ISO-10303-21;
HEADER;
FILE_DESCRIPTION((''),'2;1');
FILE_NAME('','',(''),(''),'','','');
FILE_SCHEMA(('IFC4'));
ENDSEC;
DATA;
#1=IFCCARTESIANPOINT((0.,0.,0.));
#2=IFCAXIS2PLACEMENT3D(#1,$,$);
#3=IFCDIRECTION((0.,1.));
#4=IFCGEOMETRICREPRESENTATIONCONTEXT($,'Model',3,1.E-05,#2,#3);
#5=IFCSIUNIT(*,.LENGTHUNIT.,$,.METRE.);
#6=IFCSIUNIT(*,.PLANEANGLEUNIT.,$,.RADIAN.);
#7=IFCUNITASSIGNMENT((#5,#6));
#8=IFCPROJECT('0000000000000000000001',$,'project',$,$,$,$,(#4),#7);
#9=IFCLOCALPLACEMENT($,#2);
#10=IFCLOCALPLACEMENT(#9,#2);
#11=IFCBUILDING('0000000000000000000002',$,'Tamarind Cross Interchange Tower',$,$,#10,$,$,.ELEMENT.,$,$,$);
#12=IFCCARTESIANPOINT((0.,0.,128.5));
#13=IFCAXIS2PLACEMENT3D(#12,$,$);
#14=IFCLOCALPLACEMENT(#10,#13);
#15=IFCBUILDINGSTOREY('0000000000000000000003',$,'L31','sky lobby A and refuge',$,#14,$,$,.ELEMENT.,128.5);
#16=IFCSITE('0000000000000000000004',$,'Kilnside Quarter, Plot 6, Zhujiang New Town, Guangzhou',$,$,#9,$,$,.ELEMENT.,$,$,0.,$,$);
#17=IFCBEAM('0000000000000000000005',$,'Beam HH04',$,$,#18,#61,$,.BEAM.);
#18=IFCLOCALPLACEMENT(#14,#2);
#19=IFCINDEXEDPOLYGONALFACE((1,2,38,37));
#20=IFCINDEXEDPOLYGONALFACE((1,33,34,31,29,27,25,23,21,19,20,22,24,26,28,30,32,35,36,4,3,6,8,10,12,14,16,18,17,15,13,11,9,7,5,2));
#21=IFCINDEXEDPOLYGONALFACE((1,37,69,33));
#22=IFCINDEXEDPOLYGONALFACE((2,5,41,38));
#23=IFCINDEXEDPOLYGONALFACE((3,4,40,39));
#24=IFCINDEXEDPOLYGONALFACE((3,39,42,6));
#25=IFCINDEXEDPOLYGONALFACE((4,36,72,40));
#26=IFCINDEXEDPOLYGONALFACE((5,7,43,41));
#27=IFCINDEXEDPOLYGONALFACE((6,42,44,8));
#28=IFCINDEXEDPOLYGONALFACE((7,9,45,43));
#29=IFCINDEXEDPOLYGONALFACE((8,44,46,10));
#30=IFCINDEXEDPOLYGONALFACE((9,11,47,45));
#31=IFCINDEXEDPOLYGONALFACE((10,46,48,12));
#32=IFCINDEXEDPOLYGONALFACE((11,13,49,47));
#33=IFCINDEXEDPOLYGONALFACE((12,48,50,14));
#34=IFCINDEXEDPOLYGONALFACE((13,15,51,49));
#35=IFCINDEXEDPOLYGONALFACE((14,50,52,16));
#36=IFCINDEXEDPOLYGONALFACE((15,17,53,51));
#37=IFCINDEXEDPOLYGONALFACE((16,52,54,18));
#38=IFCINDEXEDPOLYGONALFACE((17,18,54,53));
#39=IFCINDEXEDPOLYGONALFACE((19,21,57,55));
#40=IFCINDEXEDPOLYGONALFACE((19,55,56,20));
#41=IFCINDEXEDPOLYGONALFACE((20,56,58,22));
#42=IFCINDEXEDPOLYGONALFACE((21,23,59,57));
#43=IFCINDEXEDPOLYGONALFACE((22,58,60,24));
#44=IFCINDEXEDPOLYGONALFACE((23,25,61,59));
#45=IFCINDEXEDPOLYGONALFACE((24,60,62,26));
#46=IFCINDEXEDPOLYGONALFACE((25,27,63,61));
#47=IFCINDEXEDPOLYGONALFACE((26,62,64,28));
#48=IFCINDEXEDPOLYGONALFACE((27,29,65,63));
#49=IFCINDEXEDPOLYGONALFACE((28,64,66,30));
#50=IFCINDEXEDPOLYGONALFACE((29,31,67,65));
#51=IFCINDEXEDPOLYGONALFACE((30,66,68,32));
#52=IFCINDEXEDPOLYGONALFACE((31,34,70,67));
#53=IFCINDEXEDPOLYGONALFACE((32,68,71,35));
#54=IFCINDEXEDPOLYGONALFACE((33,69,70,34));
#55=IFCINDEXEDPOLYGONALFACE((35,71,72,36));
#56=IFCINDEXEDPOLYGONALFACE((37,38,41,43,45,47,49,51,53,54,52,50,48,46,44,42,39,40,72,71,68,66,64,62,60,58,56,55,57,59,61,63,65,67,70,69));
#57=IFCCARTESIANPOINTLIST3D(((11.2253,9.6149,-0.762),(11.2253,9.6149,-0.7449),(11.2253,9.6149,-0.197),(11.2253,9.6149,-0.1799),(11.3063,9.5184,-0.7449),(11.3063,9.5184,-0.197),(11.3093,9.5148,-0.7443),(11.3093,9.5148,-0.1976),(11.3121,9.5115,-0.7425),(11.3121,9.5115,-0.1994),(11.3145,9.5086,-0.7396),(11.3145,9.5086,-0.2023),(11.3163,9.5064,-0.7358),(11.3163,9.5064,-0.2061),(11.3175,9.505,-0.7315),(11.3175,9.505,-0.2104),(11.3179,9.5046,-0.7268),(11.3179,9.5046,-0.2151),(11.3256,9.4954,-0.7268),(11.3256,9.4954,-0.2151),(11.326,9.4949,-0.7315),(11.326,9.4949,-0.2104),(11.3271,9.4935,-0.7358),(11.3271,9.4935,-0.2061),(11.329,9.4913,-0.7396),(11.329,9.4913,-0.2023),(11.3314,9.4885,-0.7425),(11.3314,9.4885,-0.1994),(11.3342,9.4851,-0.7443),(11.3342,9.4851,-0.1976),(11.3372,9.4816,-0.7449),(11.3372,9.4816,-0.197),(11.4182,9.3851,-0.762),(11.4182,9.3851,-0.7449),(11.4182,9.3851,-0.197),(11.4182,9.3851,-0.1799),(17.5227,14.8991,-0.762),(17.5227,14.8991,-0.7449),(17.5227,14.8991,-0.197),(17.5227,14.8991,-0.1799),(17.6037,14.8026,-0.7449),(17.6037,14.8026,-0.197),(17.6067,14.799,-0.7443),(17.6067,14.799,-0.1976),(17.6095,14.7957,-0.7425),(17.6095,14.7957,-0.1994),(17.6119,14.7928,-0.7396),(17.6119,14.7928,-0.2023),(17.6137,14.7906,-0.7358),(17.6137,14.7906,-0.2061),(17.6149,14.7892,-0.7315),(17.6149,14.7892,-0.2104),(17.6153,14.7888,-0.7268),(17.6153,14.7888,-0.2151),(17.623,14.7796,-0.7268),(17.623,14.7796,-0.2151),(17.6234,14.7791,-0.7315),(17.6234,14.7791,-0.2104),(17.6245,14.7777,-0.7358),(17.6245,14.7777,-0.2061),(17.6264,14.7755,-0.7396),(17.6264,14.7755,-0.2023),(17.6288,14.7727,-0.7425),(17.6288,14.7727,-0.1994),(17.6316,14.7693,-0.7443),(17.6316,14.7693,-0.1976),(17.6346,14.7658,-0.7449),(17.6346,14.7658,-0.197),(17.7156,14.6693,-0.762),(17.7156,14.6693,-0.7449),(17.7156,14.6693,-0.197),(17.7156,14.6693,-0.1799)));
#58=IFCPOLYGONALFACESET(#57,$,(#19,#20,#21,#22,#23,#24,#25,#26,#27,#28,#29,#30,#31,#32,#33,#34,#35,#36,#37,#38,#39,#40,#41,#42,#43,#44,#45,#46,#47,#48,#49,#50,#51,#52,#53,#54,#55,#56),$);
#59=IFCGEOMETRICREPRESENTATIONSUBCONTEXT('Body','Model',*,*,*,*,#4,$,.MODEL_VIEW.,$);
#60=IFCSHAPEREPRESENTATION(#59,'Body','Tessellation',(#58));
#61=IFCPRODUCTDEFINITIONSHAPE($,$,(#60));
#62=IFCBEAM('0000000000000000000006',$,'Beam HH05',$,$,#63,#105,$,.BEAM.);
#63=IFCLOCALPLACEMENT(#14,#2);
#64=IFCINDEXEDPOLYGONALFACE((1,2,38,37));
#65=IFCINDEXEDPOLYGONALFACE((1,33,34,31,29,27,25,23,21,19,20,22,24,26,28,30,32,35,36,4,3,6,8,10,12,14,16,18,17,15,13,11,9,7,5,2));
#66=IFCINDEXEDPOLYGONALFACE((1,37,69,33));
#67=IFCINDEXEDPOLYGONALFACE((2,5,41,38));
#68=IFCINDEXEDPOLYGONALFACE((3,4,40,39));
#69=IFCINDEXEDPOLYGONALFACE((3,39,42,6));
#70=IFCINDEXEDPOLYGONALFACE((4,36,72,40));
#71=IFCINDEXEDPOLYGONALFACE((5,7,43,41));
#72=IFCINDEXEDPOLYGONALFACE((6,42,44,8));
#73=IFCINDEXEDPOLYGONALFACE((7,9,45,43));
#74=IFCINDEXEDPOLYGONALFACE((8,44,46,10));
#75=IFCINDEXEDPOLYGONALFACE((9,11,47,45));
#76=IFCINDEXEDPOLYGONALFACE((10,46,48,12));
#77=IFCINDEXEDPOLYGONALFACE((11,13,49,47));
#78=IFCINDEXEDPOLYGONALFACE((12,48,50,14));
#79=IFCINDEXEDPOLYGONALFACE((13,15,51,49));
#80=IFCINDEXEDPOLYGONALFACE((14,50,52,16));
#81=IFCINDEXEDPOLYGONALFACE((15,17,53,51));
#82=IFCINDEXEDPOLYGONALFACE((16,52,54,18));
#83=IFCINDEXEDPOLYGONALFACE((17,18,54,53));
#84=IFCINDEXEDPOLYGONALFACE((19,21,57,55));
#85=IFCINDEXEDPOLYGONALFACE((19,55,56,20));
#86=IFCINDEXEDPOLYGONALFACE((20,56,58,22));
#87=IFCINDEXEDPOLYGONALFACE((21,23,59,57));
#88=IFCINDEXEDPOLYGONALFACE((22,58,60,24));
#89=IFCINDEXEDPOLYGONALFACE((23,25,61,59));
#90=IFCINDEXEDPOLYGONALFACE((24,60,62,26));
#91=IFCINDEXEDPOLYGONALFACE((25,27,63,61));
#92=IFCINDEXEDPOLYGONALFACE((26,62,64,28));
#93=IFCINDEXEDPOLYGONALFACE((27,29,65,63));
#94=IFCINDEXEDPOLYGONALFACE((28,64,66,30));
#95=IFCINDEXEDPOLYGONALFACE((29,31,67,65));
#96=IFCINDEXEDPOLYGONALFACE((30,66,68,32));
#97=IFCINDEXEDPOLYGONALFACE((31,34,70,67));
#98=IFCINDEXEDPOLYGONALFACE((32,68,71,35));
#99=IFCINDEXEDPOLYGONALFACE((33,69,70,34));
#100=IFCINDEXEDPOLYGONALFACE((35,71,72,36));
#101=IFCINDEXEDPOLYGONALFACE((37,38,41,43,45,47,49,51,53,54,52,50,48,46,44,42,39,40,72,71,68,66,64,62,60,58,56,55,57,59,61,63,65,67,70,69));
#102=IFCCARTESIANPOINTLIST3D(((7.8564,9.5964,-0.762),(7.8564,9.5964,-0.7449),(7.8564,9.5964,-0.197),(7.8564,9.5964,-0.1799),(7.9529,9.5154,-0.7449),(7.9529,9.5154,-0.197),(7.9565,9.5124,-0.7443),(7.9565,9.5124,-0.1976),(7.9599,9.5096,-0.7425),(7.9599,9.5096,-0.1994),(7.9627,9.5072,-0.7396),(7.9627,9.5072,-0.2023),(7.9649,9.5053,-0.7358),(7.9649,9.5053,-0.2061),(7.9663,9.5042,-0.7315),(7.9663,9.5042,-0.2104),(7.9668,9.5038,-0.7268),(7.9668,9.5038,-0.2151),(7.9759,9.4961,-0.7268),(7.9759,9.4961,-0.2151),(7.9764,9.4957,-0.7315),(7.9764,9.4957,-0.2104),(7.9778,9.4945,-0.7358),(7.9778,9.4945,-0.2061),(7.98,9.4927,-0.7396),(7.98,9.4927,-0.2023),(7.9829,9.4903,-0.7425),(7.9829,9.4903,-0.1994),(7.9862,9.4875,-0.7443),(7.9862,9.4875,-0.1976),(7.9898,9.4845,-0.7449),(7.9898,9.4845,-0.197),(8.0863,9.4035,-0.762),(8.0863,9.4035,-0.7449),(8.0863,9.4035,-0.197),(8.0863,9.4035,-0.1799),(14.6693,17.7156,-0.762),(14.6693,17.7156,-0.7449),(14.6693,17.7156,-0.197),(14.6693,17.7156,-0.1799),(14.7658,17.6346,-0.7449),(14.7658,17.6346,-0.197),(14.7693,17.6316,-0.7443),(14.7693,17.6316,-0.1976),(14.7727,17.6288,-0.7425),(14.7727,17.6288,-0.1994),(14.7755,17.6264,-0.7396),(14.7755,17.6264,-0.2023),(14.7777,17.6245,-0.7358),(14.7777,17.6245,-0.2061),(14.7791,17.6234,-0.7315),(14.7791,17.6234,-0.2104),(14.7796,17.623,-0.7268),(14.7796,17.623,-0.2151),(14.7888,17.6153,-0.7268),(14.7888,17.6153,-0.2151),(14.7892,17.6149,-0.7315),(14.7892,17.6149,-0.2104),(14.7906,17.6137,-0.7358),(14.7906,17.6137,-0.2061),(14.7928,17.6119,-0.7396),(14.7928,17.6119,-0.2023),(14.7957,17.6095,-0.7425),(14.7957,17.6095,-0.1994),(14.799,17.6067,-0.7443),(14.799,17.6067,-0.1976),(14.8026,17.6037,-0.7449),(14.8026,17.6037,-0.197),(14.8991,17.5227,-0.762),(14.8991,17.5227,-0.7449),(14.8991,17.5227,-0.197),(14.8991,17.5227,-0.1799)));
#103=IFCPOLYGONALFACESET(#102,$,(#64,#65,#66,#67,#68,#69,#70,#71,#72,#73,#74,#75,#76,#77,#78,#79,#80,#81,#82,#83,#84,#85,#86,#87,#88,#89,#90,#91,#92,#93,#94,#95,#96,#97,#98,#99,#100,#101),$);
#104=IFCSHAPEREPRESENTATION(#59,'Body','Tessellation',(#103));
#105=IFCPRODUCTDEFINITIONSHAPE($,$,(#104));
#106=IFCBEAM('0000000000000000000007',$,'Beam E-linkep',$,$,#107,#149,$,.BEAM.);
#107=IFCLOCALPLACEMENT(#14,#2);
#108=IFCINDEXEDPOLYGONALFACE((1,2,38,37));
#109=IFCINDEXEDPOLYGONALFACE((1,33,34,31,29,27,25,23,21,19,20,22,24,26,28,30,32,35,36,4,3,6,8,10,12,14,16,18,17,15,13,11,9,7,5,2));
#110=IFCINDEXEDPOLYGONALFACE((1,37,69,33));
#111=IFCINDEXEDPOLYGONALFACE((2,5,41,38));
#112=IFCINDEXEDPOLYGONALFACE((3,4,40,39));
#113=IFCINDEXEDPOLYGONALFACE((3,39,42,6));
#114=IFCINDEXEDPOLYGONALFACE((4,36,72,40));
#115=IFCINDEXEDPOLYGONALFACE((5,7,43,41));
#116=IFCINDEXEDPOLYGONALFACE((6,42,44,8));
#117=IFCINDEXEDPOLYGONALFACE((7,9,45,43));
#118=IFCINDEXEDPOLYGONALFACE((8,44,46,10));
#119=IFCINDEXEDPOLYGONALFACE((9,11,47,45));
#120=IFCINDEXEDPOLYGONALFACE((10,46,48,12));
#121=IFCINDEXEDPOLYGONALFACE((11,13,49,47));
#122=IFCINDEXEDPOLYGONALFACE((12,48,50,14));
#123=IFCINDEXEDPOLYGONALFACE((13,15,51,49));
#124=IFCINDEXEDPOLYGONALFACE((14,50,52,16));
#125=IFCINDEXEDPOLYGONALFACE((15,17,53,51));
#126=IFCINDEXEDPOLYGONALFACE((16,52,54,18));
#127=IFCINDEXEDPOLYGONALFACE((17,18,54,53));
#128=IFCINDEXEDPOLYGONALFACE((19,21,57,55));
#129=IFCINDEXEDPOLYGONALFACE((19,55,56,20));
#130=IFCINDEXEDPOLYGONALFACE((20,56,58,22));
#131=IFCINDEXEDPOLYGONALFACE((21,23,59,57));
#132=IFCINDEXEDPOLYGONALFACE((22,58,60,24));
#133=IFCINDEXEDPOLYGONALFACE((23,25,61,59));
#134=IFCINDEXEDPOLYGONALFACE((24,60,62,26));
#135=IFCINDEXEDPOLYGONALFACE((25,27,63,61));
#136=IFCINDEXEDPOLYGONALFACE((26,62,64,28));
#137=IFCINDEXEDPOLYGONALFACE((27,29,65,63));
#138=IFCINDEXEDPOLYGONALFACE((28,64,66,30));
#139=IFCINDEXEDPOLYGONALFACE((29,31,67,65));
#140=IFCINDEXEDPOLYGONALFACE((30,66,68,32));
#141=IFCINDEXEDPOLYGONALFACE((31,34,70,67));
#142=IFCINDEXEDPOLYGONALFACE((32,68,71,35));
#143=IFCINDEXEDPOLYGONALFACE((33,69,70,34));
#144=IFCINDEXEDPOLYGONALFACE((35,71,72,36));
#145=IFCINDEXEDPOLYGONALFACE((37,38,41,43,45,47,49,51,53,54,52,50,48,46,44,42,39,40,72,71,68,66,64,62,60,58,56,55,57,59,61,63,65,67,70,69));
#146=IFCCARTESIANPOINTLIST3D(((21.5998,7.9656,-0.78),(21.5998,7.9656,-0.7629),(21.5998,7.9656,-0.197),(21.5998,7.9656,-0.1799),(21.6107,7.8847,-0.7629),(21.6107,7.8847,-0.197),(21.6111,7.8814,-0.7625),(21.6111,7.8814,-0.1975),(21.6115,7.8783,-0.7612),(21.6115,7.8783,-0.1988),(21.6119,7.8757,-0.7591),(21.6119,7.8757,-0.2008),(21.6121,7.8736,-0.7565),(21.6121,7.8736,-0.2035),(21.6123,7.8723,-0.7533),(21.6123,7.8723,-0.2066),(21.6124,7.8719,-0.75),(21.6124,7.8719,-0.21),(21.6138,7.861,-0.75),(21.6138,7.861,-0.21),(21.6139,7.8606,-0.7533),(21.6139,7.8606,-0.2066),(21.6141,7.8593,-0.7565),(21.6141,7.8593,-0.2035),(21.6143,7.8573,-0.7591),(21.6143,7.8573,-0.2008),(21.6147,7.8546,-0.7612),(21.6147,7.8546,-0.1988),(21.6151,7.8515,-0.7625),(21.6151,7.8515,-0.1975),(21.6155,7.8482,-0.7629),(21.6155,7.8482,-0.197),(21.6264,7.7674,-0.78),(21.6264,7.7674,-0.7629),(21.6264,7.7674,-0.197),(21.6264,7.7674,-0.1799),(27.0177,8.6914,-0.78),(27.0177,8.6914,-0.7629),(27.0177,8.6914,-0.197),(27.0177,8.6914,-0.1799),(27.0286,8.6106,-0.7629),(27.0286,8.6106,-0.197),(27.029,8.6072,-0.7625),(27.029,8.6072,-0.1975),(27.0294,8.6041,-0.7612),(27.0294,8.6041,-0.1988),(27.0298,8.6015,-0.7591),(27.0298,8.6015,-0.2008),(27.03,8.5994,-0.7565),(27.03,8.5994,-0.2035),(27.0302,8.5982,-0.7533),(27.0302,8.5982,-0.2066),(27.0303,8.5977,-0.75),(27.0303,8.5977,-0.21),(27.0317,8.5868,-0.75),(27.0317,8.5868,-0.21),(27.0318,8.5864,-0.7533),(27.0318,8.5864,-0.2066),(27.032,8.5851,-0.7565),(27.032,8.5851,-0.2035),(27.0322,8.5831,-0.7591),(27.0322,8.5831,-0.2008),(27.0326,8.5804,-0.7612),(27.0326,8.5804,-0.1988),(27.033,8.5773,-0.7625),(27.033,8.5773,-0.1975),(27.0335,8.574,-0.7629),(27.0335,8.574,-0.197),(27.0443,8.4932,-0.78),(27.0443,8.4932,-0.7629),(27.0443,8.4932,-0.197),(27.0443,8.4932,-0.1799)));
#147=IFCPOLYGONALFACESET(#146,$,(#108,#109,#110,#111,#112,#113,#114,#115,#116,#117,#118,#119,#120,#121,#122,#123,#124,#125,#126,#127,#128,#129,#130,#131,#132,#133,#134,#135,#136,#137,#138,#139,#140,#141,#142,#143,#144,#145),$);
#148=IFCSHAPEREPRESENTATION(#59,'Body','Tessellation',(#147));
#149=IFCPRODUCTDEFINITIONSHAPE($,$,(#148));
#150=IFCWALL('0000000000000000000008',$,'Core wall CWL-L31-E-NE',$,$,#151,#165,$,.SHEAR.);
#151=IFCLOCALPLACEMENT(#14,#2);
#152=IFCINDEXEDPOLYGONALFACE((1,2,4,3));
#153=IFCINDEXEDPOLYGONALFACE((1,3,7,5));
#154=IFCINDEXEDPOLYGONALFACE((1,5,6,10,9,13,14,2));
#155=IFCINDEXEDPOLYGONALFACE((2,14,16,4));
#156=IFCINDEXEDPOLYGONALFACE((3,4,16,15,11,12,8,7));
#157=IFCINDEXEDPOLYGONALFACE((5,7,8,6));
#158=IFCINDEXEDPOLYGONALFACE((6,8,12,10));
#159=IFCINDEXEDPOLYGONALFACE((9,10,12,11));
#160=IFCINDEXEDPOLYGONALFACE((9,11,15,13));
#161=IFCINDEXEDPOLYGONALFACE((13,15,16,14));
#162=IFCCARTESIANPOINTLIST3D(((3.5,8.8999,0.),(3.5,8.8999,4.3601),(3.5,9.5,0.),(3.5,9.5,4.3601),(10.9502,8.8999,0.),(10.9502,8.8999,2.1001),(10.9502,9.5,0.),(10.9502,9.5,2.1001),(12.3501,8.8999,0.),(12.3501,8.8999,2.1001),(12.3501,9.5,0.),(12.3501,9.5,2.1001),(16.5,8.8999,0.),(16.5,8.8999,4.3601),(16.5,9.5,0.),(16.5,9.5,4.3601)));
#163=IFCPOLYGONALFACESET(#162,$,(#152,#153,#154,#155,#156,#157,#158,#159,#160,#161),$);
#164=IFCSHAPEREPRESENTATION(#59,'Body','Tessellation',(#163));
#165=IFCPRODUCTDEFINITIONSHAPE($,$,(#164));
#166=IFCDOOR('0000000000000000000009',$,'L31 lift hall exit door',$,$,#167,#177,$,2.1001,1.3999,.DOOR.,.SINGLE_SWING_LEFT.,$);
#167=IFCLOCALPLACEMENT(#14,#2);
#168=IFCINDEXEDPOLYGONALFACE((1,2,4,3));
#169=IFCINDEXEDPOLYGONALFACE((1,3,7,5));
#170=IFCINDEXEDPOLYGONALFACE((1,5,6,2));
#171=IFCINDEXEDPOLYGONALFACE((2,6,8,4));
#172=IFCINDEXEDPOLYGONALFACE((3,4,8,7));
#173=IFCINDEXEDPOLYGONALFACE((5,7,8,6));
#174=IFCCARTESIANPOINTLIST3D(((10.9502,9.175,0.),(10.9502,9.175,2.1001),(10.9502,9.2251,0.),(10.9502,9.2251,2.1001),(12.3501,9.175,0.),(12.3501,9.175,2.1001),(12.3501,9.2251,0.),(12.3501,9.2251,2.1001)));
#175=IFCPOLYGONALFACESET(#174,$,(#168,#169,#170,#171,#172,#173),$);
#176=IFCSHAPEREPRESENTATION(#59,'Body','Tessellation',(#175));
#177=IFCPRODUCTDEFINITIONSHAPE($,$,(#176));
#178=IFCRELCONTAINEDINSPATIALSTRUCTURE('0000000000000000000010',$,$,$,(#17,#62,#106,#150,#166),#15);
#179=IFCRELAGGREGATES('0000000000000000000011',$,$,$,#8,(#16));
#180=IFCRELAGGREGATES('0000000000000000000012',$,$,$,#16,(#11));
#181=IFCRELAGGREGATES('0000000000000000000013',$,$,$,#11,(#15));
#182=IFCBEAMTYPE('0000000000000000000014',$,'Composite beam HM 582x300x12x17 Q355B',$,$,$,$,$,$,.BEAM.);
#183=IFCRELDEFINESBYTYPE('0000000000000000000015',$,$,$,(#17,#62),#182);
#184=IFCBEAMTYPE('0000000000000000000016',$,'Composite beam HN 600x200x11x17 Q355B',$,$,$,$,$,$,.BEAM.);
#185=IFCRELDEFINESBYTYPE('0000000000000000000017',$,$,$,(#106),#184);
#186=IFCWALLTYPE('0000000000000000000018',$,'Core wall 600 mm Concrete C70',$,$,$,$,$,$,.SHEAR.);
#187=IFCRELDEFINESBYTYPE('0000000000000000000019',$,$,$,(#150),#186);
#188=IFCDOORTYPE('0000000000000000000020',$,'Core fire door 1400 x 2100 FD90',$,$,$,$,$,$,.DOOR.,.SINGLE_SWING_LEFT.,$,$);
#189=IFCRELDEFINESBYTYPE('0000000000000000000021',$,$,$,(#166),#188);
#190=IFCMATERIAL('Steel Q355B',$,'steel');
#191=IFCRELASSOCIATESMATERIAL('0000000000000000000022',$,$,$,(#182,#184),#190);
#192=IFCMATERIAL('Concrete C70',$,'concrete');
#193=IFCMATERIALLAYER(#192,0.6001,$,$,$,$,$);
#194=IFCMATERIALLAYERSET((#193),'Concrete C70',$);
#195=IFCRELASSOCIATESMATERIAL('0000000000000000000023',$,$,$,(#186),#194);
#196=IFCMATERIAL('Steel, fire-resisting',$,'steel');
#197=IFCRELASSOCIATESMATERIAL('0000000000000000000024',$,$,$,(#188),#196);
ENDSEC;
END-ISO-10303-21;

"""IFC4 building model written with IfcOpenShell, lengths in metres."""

from ifc_helpers import new_model, si_unit, direction, frame, frame_2d, origin, origin_2d, place, context, subcontext, project, spatial, rectangle, i_section, extrude, material, layer, layer_set, material_profile, profile_set, type_object, element, fill, save


model = new_model("IFC4")

# Units and contexts
model_context = context("Model", 3, precision=1e-05, world=origin(), true_north=direction((0.0, 1.0)))
body_context = subcontext(model_context, "Body", "Model", "MODEL_VIEW")
ifc_project = project(units=[si_unit("LENGTHUNIT", "METRE"), si_unit("PLANEANGLEUNIT", "RADIAN")], contexts=[model_context])

# Site, building, storey
site_placement = place(None, origin())
site = spatial("IfcSite", under=ifc_project, at=site_placement, Name="Kilnside Quarter, Plot 6, Zhujiang New Town, Guangzhou", CompositionType="ELEMENT", RefElevation=0.0)
building_placement = place(site_placement, origin())
building = spatial("IfcBuilding", under=site, at=building_placement, Name="Tamarind Cross Interchange Tower", CompositionType="ELEMENT")
storey_placement = place(building_placement, frame((0.0, 0.0, 128.5)))
storey = spatial("IfcBuildingStorey", under=building, at=storey_placement, Name="L31", Description="sky lobby A and refuge", CompositionType="ELEMENT", Elevation=128.5)

# Beams
ifc_material_1 = material(Name="Steel Q355B", Category="steel")
ifc_material_profile_1 = material_profile(ifc_material_1, i_section(OverallWidth=0.3, OverallDepth=0.582, WebThickness=0.012, FlangeThickness=0.0171, FilletRadius=0.0181, at=origin_2d()), Name="HM 582x300x12x17")
ifc_profile_set_1 = profile_set([ifc_material_profile_1], Name="Steel Q355B")
beam_type_1 = type_object("IfcBeamType", Name="Composite beam HM 582x300x12x17 Q355B", PredefinedType="BEAM", material=ifc_profile_set_1)
beam_1_placement = place(storey_placement, frame((17.6191, 14.7842, -0.4709), z_axis=(-0.766041, -0.642792, 0.0), x_axis=(0.642792, -0.766041, 0.0)))
element("IfcBeam", 1, at=beam_1_placement, inside=storey, type_object=beam_type_1, Name="Beam HH04", PredefinedType="BEAM", context=body_context, shape_type="SweptSolid", body=[
    extrude(i_section(OverallWidth=0.3, OverallDepth=0.582, WebThickness=0.012, FlangeThickness=0.0171, FilletRadius=0.0181, at=origin_2d()), origin(), (0.0, 0.0, 1.0), 8.2207),
])
beam_2_placement = place(storey_placement, frame((14.7842, 17.6191, -0.4709), z_axis=(-0.642786, -0.766046, 0.0), x_axis=(0.766046, -0.642786, 0.0)))
element("IfcBeam", 2, at=beam_2_placement, inside=storey, type_object=beam_type_1, Name="Beam HH05", PredefinedType="BEAM", context=body_context, shape_type="SweptSolid", body=[
    extrude(i_section(OverallWidth=0.3, OverallDepth=0.582, WebThickness=0.012, FlangeThickness=0.0171, FilletRadius=0.0181, at=origin_2d()), origin(), (0.0, 0.0, 1.0), 10.5989),
])
ifc_material_profile_2 = material_profile(ifc_material_1, i_section(OverallWidth=0.2, OverallDepth=0.6001, WebThickness=0.011, FlangeThickness=0.0171, FilletRadius=0.0129, at=origin_2d()), Name="HN 600x200x11x17")
ifc_profile_set_2 = profile_set([ifc_material_profile_2], Name="Steel Q355B")
beam_type_2 = type_object("IfcBeamType", Name="Composite beam HN 600x200x11x17 Q355B", PredefinedType="BEAM", material=ifc_profile_set_2)
beam_3_placement = place(storey_placement, frame((27.031, 8.5923, -0.48), z_axis=(-0.991145, -0.132781, 0.0), x_axis=(0.132781, -0.991145, 0.0)))
element("IfcBeam", 3, at=beam_3_placement, inside=storey, type_object=beam_type_2, Name="Beam E-linkep", PredefinedType="BEAM", context=body_context, shape_type="SweptSolid", body=[
    extrude(i_section(OverallWidth=0.2, OverallDepth=0.6001, WebThickness=0.011, FlangeThickness=0.0171, FilletRadius=0.0129, at=origin_2d()), origin(), (0.0, 0.0, 1.0), 5.4663),
])

# Wall, opening, door
ifc_material_2 = material(Name="Concrete C70", Category="concrete")
ifc_layer_1 = layer(ifc_material_2, 0.6001)
ifc_layer_set_1 = layer_set([ifc_layer_1], Name="Concrete C70")
wall_type_1 = type_object("IfcWallType", Name="Core wall 600 mm Concrete C70", PredefinedType="SHEAR", material=ifc_layer_set_1)
wall_1_placement = place(storey_placement, frame((16.5, 9.2, 0.0), z_axis=(0.0, 0.0, 1.0), x_axis=(-1.0, 0.0, 0.0)))
wall_1 = element("IfcWall", 4, at=wall_1_placement, inside=storey, type_object=wall_type_1, Name="Core wall CWL-L31-E-NE", PredefinedType="SHEAR", context=body_context, shape_type="SweptSolid", body=[
    extrude(rectangle(XDim=13.0, YDim=0.6001, at=frame_2d((6.5, 0.0))), origin(), (0.0, 0.0, 1.0), 4.3601),
])
opening_1_placement = place(wall_1_placement, frame((4.1499, 0.0, 0.0)))
opening_1 = element("IfcOpeningElement", 5, at=opening_1_placement, cuts=wall_1, PredefinedType="OPENING", context=body_context, shape_type="SweptSolid", body=[
    extrude(rectangle(XDim=1.3999, YDim=2.1001, at=frame_2d((0.7, 1.05))), frame((0.0, 0.3101, 0.0), z_axis=(0.0, -1.0, 0.0), x_axis=(1.0, 0.0, 0.0)), (0.0, 0.0, 1.0), 0.6201),
])
ifc_material_3 = material(Name="Steel, fire-resisting", Category="steel")
door_type_1 = type_object("IfcDoorType", Name="Core fire door 1400 x 2100 FD90", OperationType="SINGLE_SWING_LEFT", PredefinedType="DOOR", material=ifc_material_3)
door_1_placement = place(opening_1_placement, origin())
door_1 = element("IfcDoor", 6, at=door_1_placement, inside=storey, type_object=door_type_1, Name="L31 lift hall exit door", OperationType="SINGLE_SWING_LEFT", OverallHeight=2.1001, OverallWidth=1.3999, PredefinedType="DOOR", context=body_context, shape_type="SweptSolid", body=[
    extrude(rectangle(XDim=1.3999, YDim=2.1001, at=frame_2d((0.7, 1.05))), frame((0.0, 0.0249, 0.0), z_axis=(0.0, -1.0, 0.0), x_axis=(1.0, 0.0, 0.0)), (0.0, 0.0, 1.0), 0.05),
])
fill(opening_1, door_1)

save(model, "model.ifc")
